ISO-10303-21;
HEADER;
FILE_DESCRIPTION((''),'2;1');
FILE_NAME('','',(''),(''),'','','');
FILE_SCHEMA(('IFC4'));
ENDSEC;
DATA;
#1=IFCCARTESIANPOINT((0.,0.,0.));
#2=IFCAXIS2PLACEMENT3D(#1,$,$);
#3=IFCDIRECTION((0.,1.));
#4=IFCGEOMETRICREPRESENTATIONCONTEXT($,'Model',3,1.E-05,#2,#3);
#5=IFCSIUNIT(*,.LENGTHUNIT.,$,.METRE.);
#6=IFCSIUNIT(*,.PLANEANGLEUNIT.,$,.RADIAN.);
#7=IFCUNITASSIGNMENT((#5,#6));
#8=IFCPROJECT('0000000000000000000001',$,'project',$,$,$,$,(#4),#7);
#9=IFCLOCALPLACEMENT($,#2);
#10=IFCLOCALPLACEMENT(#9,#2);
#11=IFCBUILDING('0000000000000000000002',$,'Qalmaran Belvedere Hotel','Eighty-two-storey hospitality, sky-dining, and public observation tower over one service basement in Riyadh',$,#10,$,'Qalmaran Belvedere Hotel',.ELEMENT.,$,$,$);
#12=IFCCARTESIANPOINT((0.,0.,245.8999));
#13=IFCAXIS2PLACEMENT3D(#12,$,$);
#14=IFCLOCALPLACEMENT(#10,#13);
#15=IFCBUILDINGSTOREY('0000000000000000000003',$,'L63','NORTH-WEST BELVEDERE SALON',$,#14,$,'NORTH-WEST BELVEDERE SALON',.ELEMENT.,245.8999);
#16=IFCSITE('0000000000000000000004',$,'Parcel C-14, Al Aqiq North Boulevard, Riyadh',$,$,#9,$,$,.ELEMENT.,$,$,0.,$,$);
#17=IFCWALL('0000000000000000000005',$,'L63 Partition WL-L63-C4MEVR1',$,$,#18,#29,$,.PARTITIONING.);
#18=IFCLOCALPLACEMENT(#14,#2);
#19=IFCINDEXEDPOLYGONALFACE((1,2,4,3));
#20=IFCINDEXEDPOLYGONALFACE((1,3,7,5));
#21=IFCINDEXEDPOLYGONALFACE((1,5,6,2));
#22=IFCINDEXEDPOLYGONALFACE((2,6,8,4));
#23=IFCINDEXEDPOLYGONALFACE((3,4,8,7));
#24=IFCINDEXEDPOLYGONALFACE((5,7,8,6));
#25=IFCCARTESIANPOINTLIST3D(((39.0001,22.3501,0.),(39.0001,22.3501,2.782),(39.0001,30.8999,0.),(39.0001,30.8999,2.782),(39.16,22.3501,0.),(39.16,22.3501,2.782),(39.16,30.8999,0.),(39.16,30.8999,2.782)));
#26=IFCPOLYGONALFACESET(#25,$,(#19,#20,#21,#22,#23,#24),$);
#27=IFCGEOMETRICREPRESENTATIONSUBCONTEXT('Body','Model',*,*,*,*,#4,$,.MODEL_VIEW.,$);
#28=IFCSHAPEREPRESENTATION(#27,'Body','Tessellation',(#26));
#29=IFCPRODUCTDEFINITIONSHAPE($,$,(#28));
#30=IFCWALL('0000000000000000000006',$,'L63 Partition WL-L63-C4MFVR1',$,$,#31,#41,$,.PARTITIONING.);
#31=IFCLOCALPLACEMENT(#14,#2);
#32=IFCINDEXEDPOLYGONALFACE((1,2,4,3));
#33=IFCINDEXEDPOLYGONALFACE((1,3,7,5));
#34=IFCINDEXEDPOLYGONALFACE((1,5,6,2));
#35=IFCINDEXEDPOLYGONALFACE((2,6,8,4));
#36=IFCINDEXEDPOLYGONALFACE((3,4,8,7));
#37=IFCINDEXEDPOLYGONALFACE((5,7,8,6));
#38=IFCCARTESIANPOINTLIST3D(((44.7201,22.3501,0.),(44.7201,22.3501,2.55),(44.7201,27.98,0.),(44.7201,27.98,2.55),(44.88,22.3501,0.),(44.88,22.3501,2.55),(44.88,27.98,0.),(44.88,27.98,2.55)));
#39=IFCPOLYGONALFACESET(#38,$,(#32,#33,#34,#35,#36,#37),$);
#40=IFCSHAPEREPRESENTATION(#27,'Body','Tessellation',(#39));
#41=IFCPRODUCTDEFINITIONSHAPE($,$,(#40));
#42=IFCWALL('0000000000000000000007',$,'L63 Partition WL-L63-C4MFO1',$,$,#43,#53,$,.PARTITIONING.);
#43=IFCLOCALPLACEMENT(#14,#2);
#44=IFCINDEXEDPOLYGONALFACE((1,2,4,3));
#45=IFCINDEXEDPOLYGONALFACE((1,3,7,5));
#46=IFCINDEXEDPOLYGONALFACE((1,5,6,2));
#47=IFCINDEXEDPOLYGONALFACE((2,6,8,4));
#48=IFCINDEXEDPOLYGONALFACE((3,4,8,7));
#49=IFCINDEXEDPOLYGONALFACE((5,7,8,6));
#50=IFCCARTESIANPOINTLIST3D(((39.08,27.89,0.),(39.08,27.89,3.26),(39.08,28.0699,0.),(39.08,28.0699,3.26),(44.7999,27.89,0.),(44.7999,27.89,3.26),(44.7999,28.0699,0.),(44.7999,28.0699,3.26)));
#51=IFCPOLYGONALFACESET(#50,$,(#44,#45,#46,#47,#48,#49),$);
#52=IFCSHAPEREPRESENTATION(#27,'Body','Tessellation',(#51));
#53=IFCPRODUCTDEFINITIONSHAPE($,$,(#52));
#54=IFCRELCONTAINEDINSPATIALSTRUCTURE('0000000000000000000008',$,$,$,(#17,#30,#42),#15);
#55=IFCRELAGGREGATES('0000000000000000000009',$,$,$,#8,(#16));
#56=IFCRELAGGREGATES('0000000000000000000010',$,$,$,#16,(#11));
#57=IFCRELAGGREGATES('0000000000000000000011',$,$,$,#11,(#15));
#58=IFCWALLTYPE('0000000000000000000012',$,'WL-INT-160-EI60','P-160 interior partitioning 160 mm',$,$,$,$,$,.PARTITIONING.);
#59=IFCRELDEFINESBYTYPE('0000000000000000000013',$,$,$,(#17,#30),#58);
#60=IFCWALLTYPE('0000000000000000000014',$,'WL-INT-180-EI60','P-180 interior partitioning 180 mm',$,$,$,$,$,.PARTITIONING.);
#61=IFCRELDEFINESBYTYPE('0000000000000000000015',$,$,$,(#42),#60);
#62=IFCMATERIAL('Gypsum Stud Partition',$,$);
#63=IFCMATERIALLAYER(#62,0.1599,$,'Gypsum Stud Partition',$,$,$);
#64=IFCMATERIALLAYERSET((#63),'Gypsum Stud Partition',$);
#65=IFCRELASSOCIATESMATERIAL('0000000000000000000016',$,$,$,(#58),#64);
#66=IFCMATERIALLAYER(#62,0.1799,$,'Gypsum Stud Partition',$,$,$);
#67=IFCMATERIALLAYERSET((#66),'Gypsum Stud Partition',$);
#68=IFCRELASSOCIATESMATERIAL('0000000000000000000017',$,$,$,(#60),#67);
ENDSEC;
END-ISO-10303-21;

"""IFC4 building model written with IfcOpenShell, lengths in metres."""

from ifc_helpers import new_model, si_unit, direction, frame, frame_2d, origin, place, context, subcontext, project, spatial, rectangle, extrude, material, layer, layer_set, type_object, element, save


model = new_model("IFC4")

# Units and contexts
model_context = context("Model", 3, precision=1e-05, world=origin(), true_north=direction((0.0, 1.0)))
body_context = subcontext(model_context, "Body", "Model", "MODEL_VIEW")
ifc_project = project(units=[si_unit("LENGTHUNIT", "METRE"), si_unit("PLANEANGLEUNIT", "RADIAN")], contexts=[model_context])

# Site, building, storey
site_placement = place(None, origin())
site = spatial("IfcSite", under=ifc_project, at=site_placement, Name="Parcel C-14, Al Aqiq North Boulevard, Riyadh", CompositionType="ELEMENT", RefElevation=0.0)
building_placement = place(site_placement, origin())
building = spatial("IfcBuilding", under=site, at=building_placement, Name="Qalmaran Belvedere Hotel", Description="Eighty-two-storey hospitality, sky-dining, and public observation tower over one service basement in Riyadh", LongName="Qalmaran Belvedere Hotel", CompositionType="ELEMENT")
storey_placement = place(building_placement, frame((0.0, 0.0, 245.8999)))
storey = spatial("IfcBuildingStorey", under=building, at=storey_placement, Name="L63", Description="NORTH-WEST BELVEDERE SALON", LongName="NORTH-WEST BELVEDERE SALON", CompositionType="ELEMENT", Elevation=245.8999)

# Shared definitions
ifc_material_1 = material(Name="Gypsum Stud Partition")
ifc_layer_1 = layer(ifc_material_1, 0.1599, Name="Gypsum Stud Partition")
ifc_layer_set_1 = layer_set([ifc_layer_1], Name="Gypsum Stud Partition")
wall_type_1 = type_object("IfcWallType", Name="WL-INT-160-EI60", Description="P-160 interior partitioning 160 mm", PredefinedType="PARTITIONING", material=ifc_layer_set_1)

# Walls
wall_1_placement = place(storey_placement, frame((39.0801, 22.3501, 0.0), z_axis=(0.0, 0.0, 1.0), x_axis=(0.0, 1.0, 0.0)))
element("IfcWall", 1, at=wall_1_placement, inside=storey, type_object=wall_type_1, Name="L63 Partition WL-L63-C4MEVR1", PredefinedType="PARTITIONING", context=body_context, shape_type="SweptSolid", body=[
    extrude(rectangle(XDim=8.5498, YDim=0.1599, at=frame_2d((4.2749, 0.0))), origin(), (0.0, 0.0, 1.0), 2.782),
])
wall_2_placement = place(storey_placement, frame((44.8, 22.3501, 0.0), z_axis=(0.0, 0.0, 1.0), x_axis=(0.0, 1.0, 0.0)))
element("IfcWall", 2, at=wall_2_placement, inside=storey, type_object=wall_type_1, Name="L63 Partition WL-L63-C4MFVR1", PredefinedType="PARTITIONING", context=body_context, shape_type="SweptSolid", body=[
    extrude(rectangle(XDim=5.6299, YDim=0.1599, at=frame_2d((2.8149, 0.0))), origin(), (0.0, 0.0, 1.0), 2.55),
])

# Shared definitions
ifc_layer_2 = layer(ifc_material_1, 0.1799, Name="Gypsum Stud Partition")
ifc_layer_set_2 = layer_set([ifc_layer_2], Name="Gypsum Stud Partition")
wall_type_2 = type_object("IfcWallType", Name="WL-INT-180-EI60", Description="P-180 interior partitioning 180 mm", PredefinedType="PARTITIONING", material=ifc_layer_set_2)

# Wall
wall_3_placement = place(storey_placement, frame((39.0801, 27.98, 0.0), z_axis=(0.0, 0.0, 1.0), x_axis=(1.0, 0.0, 0.0)))
element("IfcWall", 3, at=wall_3_placement, inside=storey, type_object=wall_type_2, Name="L63 Partition WL-L63-C4MFO1", PredefinedType="PARTITIONING", context=body_context, shape_type="SweptSolid", body=[
    extrude(rectangle(XDim=5.72, YDim=0.1799, at=frame_2d((2.8599, 0.0))), origin(), (0.0, 0.0, 1.0), 3.26),
])

save(model, "model.ifc")
